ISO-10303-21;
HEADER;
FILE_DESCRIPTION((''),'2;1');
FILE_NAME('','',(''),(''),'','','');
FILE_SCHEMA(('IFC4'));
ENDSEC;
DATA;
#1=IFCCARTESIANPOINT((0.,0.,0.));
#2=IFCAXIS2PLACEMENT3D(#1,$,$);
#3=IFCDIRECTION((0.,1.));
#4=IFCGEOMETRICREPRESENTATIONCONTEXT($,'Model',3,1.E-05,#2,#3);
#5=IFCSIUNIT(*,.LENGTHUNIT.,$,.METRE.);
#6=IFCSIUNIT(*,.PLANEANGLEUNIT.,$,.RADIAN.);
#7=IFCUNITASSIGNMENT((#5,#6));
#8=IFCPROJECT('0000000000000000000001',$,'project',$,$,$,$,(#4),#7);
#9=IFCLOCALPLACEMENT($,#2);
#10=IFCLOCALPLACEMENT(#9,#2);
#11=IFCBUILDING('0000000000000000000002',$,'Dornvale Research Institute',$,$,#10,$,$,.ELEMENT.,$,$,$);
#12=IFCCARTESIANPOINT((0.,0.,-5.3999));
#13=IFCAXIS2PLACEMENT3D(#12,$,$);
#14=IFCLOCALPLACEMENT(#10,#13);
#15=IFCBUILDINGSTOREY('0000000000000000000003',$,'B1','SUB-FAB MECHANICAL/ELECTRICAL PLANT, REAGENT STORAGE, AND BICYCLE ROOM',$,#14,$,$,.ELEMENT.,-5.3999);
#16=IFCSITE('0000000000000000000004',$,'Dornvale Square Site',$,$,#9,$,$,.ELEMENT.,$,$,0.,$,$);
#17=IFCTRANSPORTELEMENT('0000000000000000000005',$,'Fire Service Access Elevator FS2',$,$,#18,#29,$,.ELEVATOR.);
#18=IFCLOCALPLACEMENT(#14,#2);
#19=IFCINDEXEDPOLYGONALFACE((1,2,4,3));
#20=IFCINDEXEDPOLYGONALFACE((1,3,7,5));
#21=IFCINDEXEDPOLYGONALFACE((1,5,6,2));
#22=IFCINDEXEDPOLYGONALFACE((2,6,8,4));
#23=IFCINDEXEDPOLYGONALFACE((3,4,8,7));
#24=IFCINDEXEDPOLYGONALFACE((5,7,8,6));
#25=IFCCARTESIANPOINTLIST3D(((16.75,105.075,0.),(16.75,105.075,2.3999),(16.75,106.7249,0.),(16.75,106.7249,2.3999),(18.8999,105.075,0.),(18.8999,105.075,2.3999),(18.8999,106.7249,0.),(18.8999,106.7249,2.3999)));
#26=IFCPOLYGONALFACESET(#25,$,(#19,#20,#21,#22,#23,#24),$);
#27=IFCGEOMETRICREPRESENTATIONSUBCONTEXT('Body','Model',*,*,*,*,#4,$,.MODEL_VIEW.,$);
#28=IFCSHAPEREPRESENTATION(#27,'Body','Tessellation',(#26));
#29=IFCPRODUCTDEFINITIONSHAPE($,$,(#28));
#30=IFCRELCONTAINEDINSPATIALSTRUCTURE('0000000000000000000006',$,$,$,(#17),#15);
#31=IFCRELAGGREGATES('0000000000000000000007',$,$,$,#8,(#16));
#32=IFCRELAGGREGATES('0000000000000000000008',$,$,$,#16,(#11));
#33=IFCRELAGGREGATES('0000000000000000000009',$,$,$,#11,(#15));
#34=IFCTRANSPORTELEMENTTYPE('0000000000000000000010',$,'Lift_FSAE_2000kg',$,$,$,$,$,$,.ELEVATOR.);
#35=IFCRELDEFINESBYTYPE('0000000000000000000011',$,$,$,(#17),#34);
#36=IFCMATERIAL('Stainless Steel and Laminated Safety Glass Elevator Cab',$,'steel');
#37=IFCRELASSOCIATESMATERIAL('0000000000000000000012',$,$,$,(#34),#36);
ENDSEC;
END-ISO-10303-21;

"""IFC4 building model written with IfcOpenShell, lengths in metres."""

from ifc_helpers import new_model, si_unit, direction, frame, origin, origin_2d, place, context, subcontext, project, spatial, rectangle, extrude, material, type_object, element, save


model = new_model("IFC4")

# Units and contexts
model_context = context("Model", 3, precision=1e-05, world=origin(), true_north=direction((0.0, 1.0)))
body_context = subcontext(model_context, "Body", "Model", "MODEL_VIEW")
ifc_project = project(units=[si_unit("LENGTHUNIT", "METRE"), si_unit("PLANEANGLEUNIT", "RADIAN")], contexts=[model_context])

# Site, building, storey
site_placement = place(None, origin())
site = spatial("IfcSite", under=ifc_project, at=site_placement, Name="Dornvale Square Site", CompositionType="ELEMENT", RefElevation=0.0)
building_placement = place(site_placement, origin())
building = spatial("IfcBuilding", under=site, at=building_placement, Name="Dornvale Research Institute", CompositionType="ELEMENT")
storey_placement = place(building_placement, frame((0.0, 0.0, -5.3999)))
storey = spatial("IfcBuildingStorey", under=building, at=storey_placement, Name="B1", Description="SUB-FAB MECHANICAL/ELECTRICAL PLANT, REAGENT STORAGE, AND BICYCLE ROOM", CompositionType="ELEMENT", Elevation=-5.3999)

# Transport element
ifc_material_1 = material(Name="Stainless Steel and Laminated Safety Glass Elevator Cab", Category="steel")
transport_element_type = type_object("IfcTransportElementType", Name="Lift_FSAE_2000kg", PredefinedType="ELEVATOR", material=ifc_material_1)
for number, where, z_axis, x_axis, name in (
    (1, (17.825, 105.8999, 0.0), (0.0, 0.0, 1.0), (1.0, 0.0, 0.0), "Fire Service Access Elevator FS2"),
):
    element("IfcTransportElement", number, at=place(storey_placement, frame(where, z_axis=z_axis, x_axis=x_axis)), inside=storey, type_object=transport_element_type, Name=name, PredefinedType="ELEVATOR", context=body_context, shape_type="SweptSolid", body=[
        extrude(rectangle(XDim=2.1499, YDim=1.6499, at=origin_2d()), origin(), (0.0, 0.0, 1.0), 2.3999),
    ])

save(model, "model.ifc")
